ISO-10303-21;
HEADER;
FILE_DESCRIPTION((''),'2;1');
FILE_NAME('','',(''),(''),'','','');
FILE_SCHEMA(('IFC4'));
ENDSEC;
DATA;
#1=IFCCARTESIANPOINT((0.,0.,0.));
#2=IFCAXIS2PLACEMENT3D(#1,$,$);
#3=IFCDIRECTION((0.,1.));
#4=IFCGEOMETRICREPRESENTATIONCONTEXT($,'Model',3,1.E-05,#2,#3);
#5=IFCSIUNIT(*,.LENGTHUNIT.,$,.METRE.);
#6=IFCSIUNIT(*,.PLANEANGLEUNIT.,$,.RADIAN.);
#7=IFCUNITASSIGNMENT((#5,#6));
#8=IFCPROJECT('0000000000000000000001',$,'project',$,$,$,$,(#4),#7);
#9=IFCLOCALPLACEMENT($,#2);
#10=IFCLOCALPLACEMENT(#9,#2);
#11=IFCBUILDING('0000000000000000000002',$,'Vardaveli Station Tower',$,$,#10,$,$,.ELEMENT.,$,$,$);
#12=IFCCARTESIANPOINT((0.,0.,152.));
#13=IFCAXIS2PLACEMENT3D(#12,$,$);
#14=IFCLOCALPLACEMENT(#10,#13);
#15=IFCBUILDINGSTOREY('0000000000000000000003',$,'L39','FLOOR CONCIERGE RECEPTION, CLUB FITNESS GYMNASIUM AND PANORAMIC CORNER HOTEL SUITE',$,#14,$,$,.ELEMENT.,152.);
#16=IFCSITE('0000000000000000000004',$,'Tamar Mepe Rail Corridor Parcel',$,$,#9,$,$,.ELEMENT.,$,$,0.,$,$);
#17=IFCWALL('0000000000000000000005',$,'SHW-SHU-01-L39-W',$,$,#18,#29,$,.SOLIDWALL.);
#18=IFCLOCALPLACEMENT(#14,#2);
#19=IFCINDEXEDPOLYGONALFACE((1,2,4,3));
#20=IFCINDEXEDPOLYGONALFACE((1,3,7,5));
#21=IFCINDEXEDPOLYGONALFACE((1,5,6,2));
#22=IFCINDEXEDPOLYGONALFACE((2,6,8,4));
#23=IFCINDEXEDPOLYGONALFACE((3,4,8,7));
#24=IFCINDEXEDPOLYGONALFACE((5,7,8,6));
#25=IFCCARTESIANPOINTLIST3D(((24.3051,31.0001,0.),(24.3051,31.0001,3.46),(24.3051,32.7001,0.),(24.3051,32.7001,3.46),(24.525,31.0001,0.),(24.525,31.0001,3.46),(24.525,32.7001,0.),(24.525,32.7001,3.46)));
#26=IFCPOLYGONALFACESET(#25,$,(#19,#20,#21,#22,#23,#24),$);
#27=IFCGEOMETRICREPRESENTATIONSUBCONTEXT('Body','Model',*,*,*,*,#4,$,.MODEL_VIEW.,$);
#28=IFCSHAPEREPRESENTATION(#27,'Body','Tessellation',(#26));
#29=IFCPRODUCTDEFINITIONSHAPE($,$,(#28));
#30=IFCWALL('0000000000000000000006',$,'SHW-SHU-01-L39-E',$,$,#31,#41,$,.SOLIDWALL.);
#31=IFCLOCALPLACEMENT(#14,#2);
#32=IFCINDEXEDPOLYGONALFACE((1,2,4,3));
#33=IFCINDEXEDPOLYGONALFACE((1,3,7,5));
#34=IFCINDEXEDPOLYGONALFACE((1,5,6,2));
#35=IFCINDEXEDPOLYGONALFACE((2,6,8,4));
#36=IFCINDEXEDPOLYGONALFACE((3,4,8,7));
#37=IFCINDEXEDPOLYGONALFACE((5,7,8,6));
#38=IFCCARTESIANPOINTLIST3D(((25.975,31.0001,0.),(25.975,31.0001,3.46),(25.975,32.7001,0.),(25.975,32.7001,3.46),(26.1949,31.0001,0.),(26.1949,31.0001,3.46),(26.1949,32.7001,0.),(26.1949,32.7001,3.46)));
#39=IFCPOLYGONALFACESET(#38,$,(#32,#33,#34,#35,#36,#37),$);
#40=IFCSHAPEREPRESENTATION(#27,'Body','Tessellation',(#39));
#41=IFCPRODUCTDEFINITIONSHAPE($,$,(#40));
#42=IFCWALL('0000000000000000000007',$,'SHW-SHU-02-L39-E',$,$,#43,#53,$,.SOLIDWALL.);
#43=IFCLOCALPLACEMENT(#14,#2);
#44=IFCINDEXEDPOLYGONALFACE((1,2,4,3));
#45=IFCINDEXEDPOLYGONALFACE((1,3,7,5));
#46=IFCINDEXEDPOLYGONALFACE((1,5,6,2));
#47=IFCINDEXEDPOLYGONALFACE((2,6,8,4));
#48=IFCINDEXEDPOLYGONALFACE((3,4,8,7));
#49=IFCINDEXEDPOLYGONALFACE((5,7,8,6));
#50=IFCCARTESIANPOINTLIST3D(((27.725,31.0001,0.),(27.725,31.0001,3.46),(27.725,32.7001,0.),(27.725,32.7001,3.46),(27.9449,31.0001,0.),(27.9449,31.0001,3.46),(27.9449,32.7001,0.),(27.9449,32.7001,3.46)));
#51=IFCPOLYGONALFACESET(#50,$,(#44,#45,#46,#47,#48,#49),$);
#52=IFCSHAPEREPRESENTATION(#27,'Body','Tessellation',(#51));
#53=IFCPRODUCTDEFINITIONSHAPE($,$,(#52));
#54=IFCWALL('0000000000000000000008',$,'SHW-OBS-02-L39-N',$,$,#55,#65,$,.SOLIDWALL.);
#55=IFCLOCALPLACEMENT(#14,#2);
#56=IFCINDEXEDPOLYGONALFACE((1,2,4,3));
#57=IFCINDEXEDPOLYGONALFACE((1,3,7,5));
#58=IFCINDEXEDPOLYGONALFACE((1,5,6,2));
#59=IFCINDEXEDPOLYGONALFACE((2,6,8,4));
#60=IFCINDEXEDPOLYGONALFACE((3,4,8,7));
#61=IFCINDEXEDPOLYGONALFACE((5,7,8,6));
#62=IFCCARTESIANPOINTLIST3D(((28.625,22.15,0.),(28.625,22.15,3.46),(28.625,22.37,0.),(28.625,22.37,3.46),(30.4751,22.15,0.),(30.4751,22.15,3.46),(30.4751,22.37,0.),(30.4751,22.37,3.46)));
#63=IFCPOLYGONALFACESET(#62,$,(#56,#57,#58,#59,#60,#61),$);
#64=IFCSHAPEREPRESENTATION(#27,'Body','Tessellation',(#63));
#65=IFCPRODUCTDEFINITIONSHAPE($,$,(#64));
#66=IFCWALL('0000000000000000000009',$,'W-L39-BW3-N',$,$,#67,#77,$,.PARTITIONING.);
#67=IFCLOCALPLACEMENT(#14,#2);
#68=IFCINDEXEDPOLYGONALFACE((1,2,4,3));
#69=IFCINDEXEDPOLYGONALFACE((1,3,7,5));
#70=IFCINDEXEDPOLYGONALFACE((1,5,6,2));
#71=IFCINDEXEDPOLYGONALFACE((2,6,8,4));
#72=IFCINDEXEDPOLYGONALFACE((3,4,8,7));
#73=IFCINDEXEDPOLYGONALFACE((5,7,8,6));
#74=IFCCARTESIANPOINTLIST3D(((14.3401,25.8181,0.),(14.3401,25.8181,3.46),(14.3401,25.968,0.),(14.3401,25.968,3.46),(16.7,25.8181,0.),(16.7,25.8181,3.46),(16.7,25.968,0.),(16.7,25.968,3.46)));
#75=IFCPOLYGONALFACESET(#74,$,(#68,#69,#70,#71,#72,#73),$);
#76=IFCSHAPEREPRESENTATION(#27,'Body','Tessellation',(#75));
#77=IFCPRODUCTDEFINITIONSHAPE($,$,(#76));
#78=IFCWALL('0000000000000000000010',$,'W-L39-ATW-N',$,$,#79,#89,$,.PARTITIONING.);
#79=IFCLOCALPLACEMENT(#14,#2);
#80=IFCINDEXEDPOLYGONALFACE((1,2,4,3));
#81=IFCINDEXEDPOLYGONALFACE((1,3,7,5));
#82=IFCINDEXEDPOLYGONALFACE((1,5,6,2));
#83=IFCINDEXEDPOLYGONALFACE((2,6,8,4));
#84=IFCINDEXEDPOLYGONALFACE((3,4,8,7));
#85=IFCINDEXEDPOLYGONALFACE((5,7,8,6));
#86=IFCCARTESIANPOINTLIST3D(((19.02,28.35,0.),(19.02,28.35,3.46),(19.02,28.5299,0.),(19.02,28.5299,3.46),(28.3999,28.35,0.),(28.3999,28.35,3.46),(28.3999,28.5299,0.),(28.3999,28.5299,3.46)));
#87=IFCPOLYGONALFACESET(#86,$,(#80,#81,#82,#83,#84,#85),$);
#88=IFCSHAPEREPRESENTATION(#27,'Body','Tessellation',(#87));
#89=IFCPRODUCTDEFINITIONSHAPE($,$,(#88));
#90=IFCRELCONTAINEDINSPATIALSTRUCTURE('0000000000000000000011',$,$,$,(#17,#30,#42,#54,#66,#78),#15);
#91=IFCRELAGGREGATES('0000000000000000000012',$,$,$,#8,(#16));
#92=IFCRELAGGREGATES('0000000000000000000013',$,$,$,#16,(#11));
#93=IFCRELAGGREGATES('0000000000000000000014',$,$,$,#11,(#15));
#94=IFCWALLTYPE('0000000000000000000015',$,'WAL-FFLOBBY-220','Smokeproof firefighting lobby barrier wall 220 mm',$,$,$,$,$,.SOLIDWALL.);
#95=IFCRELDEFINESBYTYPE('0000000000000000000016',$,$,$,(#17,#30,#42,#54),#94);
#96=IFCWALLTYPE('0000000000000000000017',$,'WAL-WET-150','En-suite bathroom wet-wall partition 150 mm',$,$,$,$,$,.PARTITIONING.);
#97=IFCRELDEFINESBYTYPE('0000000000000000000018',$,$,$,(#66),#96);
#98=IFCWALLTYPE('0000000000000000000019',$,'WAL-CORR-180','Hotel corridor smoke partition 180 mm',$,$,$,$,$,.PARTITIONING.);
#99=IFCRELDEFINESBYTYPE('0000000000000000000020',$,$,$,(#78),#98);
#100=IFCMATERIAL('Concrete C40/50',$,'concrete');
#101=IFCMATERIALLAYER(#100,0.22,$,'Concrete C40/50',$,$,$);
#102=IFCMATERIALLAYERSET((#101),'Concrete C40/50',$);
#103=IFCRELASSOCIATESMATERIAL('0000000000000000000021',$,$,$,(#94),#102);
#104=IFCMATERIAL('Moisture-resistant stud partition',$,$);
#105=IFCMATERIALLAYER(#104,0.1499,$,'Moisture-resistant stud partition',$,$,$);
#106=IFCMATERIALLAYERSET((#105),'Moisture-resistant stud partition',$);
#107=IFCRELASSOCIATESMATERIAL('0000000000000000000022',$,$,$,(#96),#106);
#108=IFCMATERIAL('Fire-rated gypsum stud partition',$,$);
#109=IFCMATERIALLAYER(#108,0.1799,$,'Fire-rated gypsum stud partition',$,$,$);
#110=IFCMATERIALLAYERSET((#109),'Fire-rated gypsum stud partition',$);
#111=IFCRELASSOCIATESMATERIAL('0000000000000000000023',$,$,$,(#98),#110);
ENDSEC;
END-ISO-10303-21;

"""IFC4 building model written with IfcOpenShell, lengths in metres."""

from ifc_helpers import new_model, si_unit, direction, frame, frame_2d, origin, place, context, subcontext, project, spatial, rectangle, extrude, source, transform, mapped, material, layer, layer_set, type_object, element, save


model = new_model("IFC4")

# Units and contexts
model_context = context("Model", 3, precision=1e-05, world=origin(), true_north=direction((0.0, 1.0)))
body_context = subcontext(model_context, "Body", "Model", "MODEL_VIEW")
ifc_project = project(units=[si_unit("LENGTHUNIT", "METRE"), si_unit("PLANEANGLEUNIT", "RADIAN")], contexts=[model_context])

# Site, building, storey
site_placement = place(None, origin())
site = spatial("IfcSite", under=ifc_project, at=site_placement, Name="Tamar Mepe Rail Corridor Parcel", CompositionType="ELEMENT", RefElevation=0.0)
building_placement = place(site_placement, origin())
building = spatial("IfcBuilding", under=site, at=building_placement, Name="Vardaveli Station Tower", CompositionType="ELEMENT")
storey_placement = place(building_placement, frame((0.0, 0.0, 152.0)))
storey = spatial("IfcBuildingStorey", under=building, at=storey_placement, Name="L39", Description="FLOOR CONCIERGE RECEPTION, CLUB FITNESS GYMNASIUM AND PANORAMIC CORNER HOTEL SUITE", CompositionType="ELEMENT", Elevation=152.0)

# Shared definitions
ifc_material_1 = material(Name="Concrete C40/50", Category="concrete")

# Walls
ifc_layer_1 = layer(ifc_material_1, 0.22, Name="Concrete C40/50")
ifc_layer_set_1 = layer_set([ifc_layer_1], Name="Concrete C40/50")
wall_type_1 = type_object("IfcWallType", Name="WAL-FFLOBBY-220", Description="Smokeproof firefighting lobby barrier wall 220 mm", PredefinedType="SOLIDWALL", material=ifc_layer_set_1)
shared_shape_1 = source(origin(), body_context, "Body", "SweptSolid", [
    extrude(rectangle(XDim=1.7, YDim=0.22, at=frame_2d((0.8501, 0.0))), origin(), (0.0, 0.0, 1.0), 3.46),
])
for number, where, z_axis, x_axis, name in (
    (1, (24.415, 31.0, 0.0), (0.0, 0.0, 1.0), (0.0, 1.0, 0.0), "SHW-SHU-01-L39-W"),
    (2, (26.085, 31.0, 0.0), (0.0, 0.0, 1.0), (0.0, 1.0, 0.0), "SHW-SHU-01-L39-E"),
    (3, (27.835, 31.0, 0.0), (0.0, 0.0, 1.0), (0.0, 1.0, 0.0), "SHW-SHU-02-L39-E"),
):
    element("IfcWall", number, at=place(storey_placement, frame(where, z_axis=z_axis, x_axis=x_axis)), inside=storey, type_object=wall_type_1, Name=name, PredefinedType="SOLIDWALL", context=body_context, shape_type="MappedRepresentation", body=[
        mapped(shared_shape_1, transform((0.0, 0.0, 0.0), scale=1.0)),
    ])
shared_shape_2 = source(origin(), body_context, "Body", "SweptSolid", [
    extrude(rectangle(XDim=1.8501, YDim=0.22, at=frame_2d((0.925, 0.0))), origin(), (0.0, 0.0, 1.0), 3.46),
])
wall_1_placement = place(storey_placement, frame((28.625, 22.26, 0.0), z_axis=(0.0, 0.0, 1.0), x_axis=(1.0, 0.0, 0.0)))
element("IfcWall", 4, at=wall_1_placement, inside=storey, type_object=wall_type_1, Name="SHW-OBS-02-L39-N", PredefinedType="SOLIDWALL", context=body_context, shape_type="MappedRepresentation", body=[
    mapped(shared_shape_2, transform((0.0, 0.0, 0.0), scale=1.0)),
])
ifc_material_2 = material(Name="Moisture-resistant stud partition")
ifc_layer_2 = layer(ifc_material_2, 0.1499, Name="Moisture-resistant stud partition")
ifc_layer_set_2 = layer_set([ifc_layer_2], Name="Moisture-resistant stud partition")
wall_type_2 = type_object("IfcWallType", Name="WAL-WET-150", Description="En-suite bathroom wet-wall partition 150 mm", PredefinedType="PARTITIONING", material=ifc_layer_set_2)
shared_shape_3 = source(origin(), body_context, "Body", "SweptSolid", [
    extrude(rectangle(XDim=2.3599, YDim=0.1499, at=frame_2d((1.1799, 0.0))), origin(), (0.0, 0.0, 1.0), 3.46),
])
wall_2_placement = place(storey_placement, frame((14.3401, 25.8931, 0.0), z_axis=(0.0, 0.0, 1.0), x_axis=(1.0, 0.0, 0.0)))
element("IfcWall", 5, at=wall_2_placement, inside=storey, type_object=wall_type_2, Name="W-L39-BW3-N", PredefinedType="PARTITIONING", context=body_context, shape_type="MappedRepresentation", body=[
    mapped(shared_shape_3, transform((0.0, 0.0, 0.0), scale=1.0)),
])
ifc_material_3 = material(Name="Fire-rated gypsum stud partition")
ifc_layer_3 = layer(ifc_material_3, 0.1799, Name="Fire-rated gypsum stud partition")
ifc_layer_set_3 = layer_set([ifc_layer_3], Name="Fire-rated gypsum stud partition")
wall_type_3 = type_object("IfcWallType", Name="WAL-CORR-180", Description="Hotel corridor smoke partition 180 mm", PredefinedType="PARTITIONING", material=ifc_layer_set_3)
shared_shape_4 = source(origin(), body_context, "Body", "SweptSolid", [
    extrude(rectangle(XDim=9.3799, YDim=0.1799, at=frame_2d((4.6899, 0.0))), origin(), (0.0, 0.0, 1.0), 3.46),
])
wall_3_placement = place(storey_placement, frame((19.02, 28.4399, 0.0), z_axis=(0.0, 0.0, 1.0), x_axis=(1.0, 0.0, 0.0)))
element("IfcWall", 6, at=wall_3_placement, inside=storey, type_object=wall_type_3, Name="W-L39-ATW-N", PredefinedType="PARTITIONING", context=body_context, shape_type="MappedRepresentation", body=[
    mapped(shared_shape_4, transform((0.0, 0.0, 0.0), scale=1.0)),
])

save(model, "model.ifc")
